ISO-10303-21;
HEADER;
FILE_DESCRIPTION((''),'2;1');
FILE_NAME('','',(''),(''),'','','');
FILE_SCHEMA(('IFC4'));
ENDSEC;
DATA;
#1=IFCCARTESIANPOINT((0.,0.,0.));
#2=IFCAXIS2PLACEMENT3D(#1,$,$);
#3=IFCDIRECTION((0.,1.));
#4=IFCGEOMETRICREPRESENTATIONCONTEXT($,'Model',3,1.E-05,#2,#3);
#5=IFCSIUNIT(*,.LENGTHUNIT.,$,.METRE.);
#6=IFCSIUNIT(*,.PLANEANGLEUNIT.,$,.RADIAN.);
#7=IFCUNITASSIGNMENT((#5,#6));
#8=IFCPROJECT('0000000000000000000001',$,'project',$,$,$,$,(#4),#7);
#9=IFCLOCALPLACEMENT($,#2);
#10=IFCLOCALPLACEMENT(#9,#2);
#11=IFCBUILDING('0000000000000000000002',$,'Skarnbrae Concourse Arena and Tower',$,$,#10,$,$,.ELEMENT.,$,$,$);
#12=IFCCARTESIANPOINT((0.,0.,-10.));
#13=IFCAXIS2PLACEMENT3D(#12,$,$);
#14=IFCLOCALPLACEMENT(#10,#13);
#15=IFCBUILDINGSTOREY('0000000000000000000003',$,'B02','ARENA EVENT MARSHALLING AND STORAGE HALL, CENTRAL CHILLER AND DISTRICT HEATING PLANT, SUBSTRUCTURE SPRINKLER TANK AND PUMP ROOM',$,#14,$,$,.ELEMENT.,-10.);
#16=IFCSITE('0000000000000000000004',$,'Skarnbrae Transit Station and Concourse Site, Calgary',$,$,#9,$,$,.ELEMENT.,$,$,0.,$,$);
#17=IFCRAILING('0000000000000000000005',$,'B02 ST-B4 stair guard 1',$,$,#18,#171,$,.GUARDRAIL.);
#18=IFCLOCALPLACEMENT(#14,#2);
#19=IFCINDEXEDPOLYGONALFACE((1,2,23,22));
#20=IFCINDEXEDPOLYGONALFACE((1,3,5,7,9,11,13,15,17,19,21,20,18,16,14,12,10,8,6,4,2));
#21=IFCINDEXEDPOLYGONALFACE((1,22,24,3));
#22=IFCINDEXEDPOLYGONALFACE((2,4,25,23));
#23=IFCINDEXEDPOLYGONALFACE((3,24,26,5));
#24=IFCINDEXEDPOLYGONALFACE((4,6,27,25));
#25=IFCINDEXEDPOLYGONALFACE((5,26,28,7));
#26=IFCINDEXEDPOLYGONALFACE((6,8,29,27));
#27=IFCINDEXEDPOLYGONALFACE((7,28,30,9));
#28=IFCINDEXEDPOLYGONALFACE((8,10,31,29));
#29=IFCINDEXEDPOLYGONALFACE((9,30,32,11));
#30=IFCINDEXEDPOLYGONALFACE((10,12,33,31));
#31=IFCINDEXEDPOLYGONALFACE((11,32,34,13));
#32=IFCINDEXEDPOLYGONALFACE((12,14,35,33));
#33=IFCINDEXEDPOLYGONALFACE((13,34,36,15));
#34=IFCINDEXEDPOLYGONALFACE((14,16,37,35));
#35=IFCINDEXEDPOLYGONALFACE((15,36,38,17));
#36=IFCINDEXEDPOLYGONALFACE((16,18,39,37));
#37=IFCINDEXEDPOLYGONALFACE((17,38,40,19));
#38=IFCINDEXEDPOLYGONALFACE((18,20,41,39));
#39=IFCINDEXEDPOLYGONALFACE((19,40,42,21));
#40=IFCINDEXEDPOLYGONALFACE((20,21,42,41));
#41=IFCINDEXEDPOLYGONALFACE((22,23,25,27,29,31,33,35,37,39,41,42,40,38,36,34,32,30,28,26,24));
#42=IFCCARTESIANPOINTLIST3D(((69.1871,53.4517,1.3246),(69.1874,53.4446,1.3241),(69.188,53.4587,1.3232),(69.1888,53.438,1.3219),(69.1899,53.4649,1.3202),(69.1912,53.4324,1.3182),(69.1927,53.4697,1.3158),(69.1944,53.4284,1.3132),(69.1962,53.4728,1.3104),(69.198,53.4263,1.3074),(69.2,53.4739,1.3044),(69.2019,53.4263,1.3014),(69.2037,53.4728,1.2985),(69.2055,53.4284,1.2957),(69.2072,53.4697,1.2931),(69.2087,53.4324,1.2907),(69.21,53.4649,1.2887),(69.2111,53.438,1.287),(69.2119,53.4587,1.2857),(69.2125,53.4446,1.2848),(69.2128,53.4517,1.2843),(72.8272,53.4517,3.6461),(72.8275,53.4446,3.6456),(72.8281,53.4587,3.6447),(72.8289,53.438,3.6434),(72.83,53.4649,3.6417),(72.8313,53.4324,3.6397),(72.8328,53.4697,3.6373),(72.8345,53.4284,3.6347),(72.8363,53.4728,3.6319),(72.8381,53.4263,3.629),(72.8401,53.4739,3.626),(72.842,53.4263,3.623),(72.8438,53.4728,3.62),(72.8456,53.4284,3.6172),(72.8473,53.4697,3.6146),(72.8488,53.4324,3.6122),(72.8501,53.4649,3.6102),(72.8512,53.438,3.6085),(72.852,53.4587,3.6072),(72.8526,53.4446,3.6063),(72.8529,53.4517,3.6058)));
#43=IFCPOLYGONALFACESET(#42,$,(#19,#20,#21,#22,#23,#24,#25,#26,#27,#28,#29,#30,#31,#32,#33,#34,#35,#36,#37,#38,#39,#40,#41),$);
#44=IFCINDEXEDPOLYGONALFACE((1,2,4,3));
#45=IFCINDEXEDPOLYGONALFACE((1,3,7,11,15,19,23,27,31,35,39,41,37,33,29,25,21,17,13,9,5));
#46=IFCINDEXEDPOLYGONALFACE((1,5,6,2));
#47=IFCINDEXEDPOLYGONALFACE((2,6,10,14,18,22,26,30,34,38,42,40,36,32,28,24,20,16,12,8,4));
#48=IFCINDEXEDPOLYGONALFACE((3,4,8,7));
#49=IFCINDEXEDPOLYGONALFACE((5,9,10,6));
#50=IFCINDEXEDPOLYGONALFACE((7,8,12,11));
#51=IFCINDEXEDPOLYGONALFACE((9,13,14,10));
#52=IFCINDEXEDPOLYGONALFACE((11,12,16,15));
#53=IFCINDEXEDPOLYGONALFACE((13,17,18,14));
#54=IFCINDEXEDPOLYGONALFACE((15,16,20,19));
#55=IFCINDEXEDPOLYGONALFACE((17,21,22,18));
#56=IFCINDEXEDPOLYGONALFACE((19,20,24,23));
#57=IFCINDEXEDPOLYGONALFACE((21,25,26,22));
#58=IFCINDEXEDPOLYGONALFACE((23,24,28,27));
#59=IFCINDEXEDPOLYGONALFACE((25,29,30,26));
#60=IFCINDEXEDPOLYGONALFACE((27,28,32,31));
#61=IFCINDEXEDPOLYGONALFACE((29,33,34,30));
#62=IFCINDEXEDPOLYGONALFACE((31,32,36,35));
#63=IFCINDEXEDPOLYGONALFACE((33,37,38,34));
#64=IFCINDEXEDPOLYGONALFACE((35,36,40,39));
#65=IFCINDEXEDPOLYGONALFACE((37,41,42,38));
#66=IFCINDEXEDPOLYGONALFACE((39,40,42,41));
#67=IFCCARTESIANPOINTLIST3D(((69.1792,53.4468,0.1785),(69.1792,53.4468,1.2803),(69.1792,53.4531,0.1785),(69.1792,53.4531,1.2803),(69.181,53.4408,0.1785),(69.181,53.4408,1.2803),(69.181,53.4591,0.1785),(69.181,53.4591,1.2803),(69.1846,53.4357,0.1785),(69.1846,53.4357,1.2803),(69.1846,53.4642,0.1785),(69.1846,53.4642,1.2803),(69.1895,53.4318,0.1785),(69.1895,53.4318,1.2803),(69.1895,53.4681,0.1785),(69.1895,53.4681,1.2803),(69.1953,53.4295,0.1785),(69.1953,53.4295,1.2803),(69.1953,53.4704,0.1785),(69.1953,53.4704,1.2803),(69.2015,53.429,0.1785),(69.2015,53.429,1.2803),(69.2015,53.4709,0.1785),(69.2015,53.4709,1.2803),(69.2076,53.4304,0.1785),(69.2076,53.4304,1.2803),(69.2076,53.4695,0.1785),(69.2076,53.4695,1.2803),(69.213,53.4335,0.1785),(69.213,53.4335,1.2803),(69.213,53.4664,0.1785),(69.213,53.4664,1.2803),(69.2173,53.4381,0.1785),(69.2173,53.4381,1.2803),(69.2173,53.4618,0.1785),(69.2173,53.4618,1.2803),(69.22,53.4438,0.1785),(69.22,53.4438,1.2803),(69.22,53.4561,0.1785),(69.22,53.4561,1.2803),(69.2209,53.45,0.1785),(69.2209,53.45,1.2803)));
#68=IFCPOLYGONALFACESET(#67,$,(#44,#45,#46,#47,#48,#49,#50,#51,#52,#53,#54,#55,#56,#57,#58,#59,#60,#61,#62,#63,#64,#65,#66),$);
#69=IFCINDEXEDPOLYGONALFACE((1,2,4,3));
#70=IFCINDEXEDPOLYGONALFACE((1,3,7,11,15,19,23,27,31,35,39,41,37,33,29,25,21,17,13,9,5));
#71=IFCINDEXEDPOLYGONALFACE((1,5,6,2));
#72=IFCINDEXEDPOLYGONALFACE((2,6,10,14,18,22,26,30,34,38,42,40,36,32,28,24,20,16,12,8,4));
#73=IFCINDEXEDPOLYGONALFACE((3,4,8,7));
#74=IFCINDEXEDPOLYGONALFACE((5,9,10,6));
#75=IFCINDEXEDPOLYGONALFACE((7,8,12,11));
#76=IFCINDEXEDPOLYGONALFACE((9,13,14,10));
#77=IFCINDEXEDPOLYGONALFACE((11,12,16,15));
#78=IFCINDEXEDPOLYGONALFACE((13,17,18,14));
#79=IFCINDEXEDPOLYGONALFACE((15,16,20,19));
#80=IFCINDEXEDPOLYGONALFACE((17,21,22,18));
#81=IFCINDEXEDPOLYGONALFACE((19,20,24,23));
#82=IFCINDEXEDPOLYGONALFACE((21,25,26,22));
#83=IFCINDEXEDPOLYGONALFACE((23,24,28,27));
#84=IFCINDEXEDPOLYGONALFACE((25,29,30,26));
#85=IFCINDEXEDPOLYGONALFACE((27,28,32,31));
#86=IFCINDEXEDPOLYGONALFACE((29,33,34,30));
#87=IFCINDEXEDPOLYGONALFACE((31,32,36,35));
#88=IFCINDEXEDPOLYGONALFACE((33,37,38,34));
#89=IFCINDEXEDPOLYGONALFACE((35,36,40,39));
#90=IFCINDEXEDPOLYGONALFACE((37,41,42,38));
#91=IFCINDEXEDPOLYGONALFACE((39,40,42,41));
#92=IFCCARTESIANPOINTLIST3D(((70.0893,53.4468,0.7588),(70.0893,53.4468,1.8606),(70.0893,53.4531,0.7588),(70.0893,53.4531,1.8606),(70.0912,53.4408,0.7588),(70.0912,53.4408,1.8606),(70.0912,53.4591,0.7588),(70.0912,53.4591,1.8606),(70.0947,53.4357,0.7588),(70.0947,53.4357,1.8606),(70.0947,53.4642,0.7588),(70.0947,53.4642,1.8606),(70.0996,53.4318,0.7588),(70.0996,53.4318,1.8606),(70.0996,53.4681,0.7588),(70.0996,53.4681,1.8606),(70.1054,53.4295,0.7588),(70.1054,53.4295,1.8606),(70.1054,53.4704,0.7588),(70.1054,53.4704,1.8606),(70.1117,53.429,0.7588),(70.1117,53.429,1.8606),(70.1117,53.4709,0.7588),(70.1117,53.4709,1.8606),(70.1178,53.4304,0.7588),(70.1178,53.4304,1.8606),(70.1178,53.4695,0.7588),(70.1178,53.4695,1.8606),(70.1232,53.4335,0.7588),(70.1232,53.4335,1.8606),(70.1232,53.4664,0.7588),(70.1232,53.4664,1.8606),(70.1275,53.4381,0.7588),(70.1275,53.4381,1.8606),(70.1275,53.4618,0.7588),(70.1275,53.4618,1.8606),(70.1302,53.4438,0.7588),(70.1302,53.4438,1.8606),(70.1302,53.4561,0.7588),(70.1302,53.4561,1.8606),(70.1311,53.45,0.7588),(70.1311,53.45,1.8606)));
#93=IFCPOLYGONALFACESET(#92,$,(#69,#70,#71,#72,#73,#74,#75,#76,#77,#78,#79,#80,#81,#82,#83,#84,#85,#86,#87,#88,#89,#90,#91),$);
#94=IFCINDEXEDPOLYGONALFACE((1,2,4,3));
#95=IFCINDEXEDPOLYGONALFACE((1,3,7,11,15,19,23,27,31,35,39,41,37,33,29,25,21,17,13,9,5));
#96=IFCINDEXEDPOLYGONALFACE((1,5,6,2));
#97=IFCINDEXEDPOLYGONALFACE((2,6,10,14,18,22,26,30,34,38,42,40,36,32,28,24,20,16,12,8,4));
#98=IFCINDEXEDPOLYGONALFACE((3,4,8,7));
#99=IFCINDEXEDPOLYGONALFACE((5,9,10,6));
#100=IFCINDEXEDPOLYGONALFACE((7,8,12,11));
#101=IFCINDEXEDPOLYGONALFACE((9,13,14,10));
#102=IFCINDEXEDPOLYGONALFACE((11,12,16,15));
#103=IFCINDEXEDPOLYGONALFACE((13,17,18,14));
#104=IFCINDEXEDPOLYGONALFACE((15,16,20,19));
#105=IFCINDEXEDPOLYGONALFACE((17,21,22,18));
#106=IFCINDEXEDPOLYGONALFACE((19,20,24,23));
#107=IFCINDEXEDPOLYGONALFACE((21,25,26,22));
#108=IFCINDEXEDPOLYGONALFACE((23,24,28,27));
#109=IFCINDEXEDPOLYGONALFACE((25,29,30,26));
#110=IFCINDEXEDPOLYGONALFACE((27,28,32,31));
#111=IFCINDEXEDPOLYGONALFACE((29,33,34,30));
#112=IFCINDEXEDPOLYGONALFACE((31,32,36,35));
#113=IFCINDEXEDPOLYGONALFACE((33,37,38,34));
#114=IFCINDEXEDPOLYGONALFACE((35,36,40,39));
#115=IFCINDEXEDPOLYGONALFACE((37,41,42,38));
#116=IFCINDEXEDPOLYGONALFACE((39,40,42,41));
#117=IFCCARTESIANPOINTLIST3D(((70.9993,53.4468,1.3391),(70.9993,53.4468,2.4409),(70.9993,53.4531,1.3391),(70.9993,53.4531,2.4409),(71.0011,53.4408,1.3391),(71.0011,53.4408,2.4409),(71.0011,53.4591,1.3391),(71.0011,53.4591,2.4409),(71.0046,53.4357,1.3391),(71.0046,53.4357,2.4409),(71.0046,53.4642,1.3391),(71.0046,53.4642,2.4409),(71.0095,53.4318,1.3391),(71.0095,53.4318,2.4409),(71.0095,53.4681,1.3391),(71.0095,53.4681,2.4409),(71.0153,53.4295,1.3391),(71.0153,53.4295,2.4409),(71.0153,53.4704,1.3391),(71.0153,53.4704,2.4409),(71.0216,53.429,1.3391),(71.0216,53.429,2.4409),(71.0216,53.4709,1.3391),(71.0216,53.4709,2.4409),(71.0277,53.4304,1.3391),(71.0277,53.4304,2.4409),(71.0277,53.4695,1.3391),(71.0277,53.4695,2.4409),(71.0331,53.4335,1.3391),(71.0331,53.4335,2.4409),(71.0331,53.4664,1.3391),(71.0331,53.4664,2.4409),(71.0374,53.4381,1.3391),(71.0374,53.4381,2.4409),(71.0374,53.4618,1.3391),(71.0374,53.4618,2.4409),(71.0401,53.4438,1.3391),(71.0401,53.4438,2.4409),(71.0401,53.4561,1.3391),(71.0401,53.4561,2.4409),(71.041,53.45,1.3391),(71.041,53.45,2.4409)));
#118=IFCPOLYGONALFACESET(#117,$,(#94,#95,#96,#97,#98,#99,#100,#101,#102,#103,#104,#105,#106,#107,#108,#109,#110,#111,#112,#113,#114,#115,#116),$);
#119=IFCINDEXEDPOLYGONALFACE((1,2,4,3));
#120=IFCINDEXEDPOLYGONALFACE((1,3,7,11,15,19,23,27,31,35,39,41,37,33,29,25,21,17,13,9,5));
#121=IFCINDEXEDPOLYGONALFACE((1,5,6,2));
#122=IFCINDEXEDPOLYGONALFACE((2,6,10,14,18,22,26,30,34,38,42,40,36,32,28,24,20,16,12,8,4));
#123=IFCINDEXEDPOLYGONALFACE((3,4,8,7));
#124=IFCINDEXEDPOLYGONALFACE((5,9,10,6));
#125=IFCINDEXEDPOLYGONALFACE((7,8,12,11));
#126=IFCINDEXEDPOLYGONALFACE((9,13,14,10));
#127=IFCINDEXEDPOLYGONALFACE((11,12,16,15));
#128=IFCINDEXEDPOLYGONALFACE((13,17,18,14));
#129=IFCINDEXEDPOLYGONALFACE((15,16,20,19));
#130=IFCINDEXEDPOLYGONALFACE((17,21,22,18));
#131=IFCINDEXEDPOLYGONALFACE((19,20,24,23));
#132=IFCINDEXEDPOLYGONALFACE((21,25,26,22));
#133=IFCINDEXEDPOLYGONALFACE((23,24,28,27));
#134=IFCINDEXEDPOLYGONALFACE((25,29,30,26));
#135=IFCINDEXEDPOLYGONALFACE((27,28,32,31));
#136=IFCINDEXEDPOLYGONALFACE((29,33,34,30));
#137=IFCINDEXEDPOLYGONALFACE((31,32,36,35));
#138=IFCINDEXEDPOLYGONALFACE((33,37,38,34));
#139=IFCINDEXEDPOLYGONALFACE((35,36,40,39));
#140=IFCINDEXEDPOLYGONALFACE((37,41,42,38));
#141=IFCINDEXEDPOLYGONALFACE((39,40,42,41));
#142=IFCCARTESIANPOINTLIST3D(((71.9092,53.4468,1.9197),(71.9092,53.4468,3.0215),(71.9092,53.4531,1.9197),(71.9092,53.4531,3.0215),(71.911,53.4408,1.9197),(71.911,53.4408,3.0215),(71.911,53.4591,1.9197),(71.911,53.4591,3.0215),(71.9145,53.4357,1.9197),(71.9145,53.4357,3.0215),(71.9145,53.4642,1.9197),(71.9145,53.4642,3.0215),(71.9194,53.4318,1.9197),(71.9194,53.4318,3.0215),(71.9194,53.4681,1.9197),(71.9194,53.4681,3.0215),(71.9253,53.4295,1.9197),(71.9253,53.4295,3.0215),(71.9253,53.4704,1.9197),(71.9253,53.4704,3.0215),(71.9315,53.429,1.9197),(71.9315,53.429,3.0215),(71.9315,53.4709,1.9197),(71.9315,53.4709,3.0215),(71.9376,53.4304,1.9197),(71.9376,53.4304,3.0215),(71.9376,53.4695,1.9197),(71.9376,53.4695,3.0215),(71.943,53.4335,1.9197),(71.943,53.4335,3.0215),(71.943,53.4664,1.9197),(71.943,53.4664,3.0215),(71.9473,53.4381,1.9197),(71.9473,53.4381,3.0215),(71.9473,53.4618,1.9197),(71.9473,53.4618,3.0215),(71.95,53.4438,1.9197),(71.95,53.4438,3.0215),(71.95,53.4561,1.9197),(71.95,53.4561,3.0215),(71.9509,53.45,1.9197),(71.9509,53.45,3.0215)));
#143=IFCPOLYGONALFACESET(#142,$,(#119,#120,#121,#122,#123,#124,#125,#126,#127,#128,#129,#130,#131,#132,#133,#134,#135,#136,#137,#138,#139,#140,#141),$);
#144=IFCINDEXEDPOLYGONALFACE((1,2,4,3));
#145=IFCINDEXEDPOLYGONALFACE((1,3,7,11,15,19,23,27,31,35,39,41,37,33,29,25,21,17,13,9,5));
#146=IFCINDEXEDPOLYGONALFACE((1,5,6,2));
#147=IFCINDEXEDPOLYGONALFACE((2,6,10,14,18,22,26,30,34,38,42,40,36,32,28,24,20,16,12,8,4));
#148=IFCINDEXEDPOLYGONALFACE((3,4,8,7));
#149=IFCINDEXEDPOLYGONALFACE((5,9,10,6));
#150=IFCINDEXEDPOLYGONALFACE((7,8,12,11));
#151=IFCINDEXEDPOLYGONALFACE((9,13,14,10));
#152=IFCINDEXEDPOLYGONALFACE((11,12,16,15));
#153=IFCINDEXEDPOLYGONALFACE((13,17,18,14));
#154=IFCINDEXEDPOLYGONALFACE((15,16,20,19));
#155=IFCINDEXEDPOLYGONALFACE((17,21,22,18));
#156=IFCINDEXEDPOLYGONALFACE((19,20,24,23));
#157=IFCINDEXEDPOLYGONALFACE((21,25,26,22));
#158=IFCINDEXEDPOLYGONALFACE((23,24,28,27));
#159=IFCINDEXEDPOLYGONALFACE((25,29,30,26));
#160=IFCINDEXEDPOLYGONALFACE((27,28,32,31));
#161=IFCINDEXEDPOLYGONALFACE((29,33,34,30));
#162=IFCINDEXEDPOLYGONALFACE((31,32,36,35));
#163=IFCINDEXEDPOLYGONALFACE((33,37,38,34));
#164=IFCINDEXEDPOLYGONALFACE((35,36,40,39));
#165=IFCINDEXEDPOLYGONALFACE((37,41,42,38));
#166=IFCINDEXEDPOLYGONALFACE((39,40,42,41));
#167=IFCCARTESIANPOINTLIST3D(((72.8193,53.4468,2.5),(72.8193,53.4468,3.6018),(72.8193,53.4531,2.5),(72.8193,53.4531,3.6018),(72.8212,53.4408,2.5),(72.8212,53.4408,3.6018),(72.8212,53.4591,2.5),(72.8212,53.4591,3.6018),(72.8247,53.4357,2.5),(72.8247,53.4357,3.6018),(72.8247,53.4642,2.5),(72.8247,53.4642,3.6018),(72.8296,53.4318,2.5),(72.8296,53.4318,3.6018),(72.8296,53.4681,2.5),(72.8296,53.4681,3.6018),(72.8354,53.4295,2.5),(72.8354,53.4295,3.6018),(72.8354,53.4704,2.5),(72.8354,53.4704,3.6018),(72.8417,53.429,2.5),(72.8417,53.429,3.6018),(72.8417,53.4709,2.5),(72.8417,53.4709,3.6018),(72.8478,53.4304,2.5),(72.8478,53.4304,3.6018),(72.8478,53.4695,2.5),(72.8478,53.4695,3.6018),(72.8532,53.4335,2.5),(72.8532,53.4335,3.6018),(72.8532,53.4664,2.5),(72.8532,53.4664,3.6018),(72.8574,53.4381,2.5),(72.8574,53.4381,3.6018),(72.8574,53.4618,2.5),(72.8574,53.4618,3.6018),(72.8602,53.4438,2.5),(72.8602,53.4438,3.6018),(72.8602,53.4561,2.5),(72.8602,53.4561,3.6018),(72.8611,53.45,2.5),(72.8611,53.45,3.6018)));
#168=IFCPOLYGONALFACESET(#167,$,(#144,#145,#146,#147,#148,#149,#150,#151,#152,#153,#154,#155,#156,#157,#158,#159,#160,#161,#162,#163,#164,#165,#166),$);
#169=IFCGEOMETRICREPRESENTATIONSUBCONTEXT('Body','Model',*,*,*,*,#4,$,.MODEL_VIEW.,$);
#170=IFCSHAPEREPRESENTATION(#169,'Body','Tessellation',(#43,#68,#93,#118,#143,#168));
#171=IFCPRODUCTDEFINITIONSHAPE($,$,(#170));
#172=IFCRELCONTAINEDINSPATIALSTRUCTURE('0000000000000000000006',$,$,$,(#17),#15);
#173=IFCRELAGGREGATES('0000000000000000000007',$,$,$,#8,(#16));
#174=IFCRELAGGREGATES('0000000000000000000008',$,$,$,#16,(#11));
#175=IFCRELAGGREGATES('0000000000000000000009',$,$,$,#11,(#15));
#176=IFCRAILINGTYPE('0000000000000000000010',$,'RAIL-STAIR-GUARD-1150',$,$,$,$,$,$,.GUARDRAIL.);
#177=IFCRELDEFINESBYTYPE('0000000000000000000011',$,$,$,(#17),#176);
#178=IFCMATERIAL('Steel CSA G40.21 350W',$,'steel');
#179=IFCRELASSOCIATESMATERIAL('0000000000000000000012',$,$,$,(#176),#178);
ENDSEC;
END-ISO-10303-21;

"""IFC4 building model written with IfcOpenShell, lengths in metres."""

from ifc_helpers import new_model, si_unit, direction, frame, origin, origin_2d, place, context, subcontext, project, spatial, circle, extrude, material, type_object, element, save


model = new_model("IFC4")

# Units and contexts
model_context = context("Model", 3, precision=1e-05, world=origin(), true_north=direction((0.0, 1.0)))
body_context = subcontext(model_context, "Body", "Model", "MODEL_VIEW")
ifc_project = project(units=[si_unit("LENGTHUNIT", "METRE"), si_unit("PLANEANGLEUNIT", "RADIAN")], contexts=[model_context])

# Site, building, storey
site_placement = place(None, origin())
site = spatial("IfcSite", under=ifc_project, at=site_placement, Name="Skarnbrae Transit Station and Concourse Site, Calgary", CompositionType="ELEMENT", RefElevation=0.0)
building_placement = place(site_placement, origin())
building = spatial("IfcBuilding", under=site, at=building_placement, Name="Skarnbrae Concourse Arena and Tower", CompositionType="ELEMENT")
storey_placement = place(building_placement, frame((0.0, 0.0, -10.0)))
storey = spatial("IfcBuildingStorey", under=building, at=storey_placement, Name="B02", Description="ARENA EVENT MARSHALLING AND STORAGE HALL, CENTRAL CHILLER AND DISTRICT HEATING PLANT, SUBSTRUCTURE SPRINKLER TANK AND PUMP ROOM", CompositionType="ELEMENT", Elevation=-10.0)

# Shared definitions
ifc_material_1 = material(Name="Steel CSA G40.21 350W", Category="steel")

# Railing
railing_type_1 = type_object("IfcRailingType", Name="RAIL-STAIR-GUARD-1150", PredefinedType="GUARDRAIL", material=ifc_material_1)
railing_1_placement = place(storey_placement, frame((69.2, 53.45, 0.1785)))
element("IfcRailing", 1, at=railing_1_placement, inside=storey, type_object=railing_type_1, Name="B02 ST-B4 stair guard 1", PredefinedType="GUARDRAIL", context=body_context, shape_type="SweptSolid", body=[
    extrude(circle(Radius=0.0239, at=origin_2d()), frame((0.0, 0.0, 1.126), z_axis=(0.843128, 0.0, 0.537713), x_axis=(0.0, 1.0, 0.0)), (0.0, 0.0, 1.0), 4.3174),
    extrude(circle(Radius=0.021, at=origin_2d()), origin(), (0.0, 0.0, 1.0), 1.1018),
    extrude(circle(Radius=0.021, at=origin_2d()), frame((0.9102, 0.0, 0.5803)), (0.0, 0.0, 1.0), 1.1018),
    extrude(circle(Radius=0.021, at=origin_2d()), frame((1.8201, 0.0, 1.1606)), (0.0, 0.0, 1.0), 1.1018),
    extrude(circle(Radius=0.021, at=origin_2d()), frame((2.73, 0.0, 1.7412)), (0.0, 0.0, 1.0), 1.1018),
    extrude(circle(Radius=0.021, at=origin_2d()), frame((3.6401, 0.0, 2.3215)), (0.0, 0.0, 1.0), 1.1018),
])

save(model, "model.ifc")
